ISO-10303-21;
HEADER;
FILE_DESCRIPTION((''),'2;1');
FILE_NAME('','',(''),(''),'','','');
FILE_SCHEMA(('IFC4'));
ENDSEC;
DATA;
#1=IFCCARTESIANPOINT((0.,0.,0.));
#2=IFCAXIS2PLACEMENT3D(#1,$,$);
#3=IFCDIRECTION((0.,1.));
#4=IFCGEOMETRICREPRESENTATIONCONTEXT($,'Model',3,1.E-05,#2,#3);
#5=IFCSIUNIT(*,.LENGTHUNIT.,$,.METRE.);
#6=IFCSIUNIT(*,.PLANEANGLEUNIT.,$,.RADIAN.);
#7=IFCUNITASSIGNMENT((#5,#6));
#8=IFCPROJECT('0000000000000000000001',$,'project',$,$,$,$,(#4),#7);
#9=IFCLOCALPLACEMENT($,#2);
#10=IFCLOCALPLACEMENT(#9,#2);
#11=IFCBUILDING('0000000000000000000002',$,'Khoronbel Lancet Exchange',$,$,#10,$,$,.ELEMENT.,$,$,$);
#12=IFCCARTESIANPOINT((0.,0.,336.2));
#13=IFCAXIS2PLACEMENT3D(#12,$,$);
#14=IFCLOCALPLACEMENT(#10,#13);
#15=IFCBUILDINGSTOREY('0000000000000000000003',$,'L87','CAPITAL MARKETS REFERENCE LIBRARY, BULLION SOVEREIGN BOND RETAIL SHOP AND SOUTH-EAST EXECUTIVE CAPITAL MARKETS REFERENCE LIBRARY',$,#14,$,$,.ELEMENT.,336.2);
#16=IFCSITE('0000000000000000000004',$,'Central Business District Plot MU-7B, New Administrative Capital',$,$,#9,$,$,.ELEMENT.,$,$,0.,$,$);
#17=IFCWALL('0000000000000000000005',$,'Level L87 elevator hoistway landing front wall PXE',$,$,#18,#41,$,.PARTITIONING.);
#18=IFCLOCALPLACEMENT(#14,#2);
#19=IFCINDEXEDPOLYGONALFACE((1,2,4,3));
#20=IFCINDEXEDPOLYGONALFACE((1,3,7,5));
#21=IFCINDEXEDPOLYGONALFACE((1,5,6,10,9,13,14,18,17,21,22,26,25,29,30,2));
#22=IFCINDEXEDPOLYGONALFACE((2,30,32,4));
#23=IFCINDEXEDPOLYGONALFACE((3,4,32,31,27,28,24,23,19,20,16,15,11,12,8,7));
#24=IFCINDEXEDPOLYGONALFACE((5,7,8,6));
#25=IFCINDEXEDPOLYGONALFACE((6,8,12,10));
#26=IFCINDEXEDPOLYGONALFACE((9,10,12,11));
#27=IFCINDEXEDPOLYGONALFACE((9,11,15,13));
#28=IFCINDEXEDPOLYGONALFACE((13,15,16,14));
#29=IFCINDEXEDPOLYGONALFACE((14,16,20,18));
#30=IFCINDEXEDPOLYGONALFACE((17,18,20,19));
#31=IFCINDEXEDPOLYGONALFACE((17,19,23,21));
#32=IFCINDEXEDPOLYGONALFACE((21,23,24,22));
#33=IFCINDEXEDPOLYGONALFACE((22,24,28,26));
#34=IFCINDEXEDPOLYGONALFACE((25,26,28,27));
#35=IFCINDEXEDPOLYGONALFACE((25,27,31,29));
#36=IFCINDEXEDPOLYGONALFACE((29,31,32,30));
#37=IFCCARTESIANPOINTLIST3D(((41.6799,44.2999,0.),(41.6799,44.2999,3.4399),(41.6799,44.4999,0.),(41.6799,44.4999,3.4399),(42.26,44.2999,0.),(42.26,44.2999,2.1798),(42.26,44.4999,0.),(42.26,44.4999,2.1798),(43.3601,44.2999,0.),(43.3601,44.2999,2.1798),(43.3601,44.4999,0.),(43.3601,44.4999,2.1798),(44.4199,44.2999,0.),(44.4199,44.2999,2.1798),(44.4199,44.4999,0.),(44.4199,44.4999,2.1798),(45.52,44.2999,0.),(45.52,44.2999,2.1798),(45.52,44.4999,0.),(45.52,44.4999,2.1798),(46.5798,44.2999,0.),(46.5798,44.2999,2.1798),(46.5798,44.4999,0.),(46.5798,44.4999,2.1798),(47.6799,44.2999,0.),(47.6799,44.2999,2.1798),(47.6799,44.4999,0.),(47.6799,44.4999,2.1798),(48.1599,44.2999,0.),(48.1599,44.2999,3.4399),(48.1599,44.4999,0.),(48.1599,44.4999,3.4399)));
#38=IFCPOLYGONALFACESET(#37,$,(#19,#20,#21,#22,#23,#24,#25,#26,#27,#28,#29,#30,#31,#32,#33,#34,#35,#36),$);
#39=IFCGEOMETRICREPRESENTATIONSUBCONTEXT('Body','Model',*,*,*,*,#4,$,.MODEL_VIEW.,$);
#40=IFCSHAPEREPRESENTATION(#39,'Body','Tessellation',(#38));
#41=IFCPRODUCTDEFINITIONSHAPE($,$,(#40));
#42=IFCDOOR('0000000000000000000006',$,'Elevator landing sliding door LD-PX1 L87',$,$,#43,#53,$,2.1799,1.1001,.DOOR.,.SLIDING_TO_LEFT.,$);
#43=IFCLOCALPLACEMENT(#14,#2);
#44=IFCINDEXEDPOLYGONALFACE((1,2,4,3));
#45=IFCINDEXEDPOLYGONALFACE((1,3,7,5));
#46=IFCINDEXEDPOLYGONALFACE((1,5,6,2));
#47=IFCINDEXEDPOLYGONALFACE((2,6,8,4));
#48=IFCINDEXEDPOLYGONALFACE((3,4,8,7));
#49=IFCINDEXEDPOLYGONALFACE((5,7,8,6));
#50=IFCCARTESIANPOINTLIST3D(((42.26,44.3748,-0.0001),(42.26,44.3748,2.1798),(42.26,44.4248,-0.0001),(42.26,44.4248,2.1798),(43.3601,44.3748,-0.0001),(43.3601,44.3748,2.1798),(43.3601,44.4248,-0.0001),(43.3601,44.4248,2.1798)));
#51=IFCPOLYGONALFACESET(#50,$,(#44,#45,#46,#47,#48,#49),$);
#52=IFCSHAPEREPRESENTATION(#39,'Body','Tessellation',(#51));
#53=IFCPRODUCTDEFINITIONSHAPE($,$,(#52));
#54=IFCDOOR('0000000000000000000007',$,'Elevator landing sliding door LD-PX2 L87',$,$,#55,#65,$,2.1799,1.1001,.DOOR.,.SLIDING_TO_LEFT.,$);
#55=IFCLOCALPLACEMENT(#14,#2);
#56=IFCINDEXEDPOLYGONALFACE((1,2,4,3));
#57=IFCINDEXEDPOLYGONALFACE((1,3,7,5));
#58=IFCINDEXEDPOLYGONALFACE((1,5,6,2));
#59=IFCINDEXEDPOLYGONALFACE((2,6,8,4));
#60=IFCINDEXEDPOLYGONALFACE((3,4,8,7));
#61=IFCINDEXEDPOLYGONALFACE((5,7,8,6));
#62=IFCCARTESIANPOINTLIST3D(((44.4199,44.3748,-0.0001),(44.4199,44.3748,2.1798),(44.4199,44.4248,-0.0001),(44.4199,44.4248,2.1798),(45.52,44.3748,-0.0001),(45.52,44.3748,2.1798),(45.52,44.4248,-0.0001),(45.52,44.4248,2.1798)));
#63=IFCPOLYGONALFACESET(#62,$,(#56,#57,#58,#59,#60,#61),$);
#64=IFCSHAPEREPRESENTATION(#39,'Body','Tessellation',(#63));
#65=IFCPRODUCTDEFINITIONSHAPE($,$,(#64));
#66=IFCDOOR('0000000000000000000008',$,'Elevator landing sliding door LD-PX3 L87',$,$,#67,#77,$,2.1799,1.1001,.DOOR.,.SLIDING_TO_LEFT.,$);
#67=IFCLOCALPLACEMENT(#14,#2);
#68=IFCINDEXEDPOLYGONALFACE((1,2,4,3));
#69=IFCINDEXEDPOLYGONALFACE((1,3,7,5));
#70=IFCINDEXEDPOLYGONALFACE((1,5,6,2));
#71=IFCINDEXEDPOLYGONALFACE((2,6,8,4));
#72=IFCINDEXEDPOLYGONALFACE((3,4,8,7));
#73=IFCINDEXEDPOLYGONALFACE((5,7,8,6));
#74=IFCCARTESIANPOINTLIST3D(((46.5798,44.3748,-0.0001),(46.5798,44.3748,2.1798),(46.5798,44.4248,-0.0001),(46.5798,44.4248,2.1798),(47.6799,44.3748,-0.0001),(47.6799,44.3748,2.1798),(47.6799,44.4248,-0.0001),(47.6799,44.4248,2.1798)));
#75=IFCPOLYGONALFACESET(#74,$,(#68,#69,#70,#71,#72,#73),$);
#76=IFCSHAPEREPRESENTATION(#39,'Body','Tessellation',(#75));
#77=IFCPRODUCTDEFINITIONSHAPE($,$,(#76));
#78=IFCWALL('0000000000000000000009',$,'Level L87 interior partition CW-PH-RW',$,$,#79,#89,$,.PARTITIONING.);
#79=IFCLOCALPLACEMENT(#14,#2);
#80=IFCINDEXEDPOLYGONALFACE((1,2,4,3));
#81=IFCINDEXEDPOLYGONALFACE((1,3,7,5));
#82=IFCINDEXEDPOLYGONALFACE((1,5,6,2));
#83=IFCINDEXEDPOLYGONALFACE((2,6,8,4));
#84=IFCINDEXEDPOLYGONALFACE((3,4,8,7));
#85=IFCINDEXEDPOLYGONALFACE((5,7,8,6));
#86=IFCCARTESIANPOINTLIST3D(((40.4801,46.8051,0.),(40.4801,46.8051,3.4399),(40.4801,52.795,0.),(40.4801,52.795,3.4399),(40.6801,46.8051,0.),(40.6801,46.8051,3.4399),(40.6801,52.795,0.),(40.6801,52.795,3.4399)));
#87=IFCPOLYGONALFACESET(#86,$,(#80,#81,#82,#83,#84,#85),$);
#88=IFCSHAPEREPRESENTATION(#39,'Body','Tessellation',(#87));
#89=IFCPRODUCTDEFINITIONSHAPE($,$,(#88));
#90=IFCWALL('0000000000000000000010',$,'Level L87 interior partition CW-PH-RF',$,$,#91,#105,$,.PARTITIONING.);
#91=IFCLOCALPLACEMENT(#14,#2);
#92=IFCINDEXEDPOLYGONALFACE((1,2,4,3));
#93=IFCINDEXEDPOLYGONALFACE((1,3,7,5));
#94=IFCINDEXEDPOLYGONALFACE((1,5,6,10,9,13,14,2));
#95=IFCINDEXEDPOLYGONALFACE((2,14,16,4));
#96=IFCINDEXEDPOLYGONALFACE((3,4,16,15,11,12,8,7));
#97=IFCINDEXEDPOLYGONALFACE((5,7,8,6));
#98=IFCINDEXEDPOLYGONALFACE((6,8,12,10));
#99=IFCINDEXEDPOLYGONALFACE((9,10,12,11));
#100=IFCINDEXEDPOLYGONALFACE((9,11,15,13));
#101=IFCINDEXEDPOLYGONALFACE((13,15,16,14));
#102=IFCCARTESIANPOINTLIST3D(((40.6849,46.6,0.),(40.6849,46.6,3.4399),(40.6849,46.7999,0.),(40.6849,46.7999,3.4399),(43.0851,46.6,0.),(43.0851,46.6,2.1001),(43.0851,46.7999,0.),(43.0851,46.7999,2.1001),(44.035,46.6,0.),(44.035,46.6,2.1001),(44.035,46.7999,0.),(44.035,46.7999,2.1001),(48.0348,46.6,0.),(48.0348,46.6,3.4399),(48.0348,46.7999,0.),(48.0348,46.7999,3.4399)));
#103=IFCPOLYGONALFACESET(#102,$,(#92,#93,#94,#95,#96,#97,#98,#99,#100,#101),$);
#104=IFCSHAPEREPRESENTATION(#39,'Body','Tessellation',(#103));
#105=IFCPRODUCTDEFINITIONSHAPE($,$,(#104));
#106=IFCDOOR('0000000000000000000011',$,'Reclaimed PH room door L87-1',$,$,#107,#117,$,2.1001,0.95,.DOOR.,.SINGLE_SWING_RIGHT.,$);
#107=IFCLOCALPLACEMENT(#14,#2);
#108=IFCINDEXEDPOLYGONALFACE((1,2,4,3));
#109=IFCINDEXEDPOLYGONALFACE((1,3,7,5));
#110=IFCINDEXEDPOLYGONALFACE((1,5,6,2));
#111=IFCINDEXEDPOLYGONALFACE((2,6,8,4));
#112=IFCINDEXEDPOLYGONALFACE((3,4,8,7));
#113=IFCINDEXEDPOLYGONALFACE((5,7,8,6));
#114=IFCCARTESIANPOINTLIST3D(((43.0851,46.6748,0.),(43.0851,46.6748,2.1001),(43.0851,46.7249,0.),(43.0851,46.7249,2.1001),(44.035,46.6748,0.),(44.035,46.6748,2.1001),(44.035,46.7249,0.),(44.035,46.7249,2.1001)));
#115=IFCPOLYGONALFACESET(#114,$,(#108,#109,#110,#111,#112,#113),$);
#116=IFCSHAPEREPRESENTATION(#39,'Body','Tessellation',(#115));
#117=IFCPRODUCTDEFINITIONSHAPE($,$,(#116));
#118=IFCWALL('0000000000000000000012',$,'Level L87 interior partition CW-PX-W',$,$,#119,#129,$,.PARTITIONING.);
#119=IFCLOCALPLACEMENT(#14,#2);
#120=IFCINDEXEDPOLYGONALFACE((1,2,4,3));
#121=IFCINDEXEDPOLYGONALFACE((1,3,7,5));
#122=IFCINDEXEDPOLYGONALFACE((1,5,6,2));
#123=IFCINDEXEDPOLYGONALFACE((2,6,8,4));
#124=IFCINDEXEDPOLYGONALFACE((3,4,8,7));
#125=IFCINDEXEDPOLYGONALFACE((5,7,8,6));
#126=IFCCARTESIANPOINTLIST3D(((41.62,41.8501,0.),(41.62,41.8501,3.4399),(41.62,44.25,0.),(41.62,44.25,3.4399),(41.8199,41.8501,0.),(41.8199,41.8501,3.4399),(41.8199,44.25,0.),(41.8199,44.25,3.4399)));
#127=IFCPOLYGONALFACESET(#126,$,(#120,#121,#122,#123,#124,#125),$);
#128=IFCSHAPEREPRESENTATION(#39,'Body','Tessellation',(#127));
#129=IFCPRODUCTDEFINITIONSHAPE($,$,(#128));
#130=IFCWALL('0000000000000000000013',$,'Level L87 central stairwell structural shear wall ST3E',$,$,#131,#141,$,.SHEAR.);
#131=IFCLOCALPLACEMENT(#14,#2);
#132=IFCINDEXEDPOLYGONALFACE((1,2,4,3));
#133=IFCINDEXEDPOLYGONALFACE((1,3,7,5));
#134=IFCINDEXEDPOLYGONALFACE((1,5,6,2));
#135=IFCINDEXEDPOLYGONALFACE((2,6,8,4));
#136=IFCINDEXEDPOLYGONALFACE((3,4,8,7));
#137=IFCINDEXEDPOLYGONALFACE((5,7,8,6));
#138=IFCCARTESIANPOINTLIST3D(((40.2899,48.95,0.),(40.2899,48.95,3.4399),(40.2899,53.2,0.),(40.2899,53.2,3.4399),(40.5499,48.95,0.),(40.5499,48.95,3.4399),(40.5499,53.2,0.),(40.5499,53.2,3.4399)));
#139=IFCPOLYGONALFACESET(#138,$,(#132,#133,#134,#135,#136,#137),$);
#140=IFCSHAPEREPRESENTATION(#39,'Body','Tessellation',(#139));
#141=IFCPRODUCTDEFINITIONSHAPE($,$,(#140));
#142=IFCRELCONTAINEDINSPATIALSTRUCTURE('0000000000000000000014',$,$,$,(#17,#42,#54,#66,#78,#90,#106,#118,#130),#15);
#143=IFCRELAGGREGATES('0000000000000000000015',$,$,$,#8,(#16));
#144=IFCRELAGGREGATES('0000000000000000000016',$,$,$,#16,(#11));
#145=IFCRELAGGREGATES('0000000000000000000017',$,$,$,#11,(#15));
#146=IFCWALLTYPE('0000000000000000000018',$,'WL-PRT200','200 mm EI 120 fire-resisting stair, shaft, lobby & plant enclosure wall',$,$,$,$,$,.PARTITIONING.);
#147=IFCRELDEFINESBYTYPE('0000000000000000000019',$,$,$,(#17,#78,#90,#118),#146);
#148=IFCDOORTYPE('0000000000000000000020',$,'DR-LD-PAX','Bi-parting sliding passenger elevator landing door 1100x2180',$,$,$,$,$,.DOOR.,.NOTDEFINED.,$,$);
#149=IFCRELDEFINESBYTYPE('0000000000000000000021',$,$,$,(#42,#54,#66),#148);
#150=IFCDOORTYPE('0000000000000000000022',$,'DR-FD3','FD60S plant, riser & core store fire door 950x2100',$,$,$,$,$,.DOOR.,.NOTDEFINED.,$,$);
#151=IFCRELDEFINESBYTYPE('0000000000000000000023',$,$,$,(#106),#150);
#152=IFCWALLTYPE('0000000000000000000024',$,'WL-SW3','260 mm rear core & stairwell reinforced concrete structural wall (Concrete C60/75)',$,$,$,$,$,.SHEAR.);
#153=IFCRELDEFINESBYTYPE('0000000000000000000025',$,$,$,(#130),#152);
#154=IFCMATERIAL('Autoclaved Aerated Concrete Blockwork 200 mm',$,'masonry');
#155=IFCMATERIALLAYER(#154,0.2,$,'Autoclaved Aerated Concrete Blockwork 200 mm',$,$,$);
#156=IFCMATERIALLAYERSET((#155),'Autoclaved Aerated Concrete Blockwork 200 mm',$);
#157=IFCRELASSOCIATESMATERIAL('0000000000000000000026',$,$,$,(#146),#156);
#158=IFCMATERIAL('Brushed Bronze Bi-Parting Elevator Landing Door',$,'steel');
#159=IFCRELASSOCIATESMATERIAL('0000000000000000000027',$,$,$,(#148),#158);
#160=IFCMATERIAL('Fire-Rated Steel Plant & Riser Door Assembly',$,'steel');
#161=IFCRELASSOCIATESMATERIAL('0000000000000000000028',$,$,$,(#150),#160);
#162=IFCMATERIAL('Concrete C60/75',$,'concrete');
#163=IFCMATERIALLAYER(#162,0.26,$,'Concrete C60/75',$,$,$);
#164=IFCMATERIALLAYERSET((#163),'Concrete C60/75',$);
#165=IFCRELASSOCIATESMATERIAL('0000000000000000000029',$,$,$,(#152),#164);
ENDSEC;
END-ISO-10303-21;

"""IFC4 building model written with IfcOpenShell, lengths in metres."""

from ifc_helpers import new_model, si_unit, direction, frame, frame_2d, origin, place, context, subcontext, project, spatial, rectangle, extrude, material, layer, layer_set, type_object, element, fill, save


model = new_model("IFC4")

# Units and contexts
model_context = context("Model", 3, precision=1e-05, world=origin(), true_north=direction((0.0, 1.0)))
body_context = subcontext(model_context, "Body", "Model", "MODEL_VIEW")
ifc_project = project(units=[si_unit("LENGTHUNIT", "METRE"), si_unit("PLANEANGLEUNIT", "RADIAN")], contexts=[model_context])

# Site, building, storey
site_placement = place(None, origin())
site = spatial("IfcSite", under=ifc_project, at=site_placement, Name="Central Business District Plot MU-7B, New Administrative Capital", CompositionType="ELEMENT", RefElevation=0.0)
building_placement = place(site_placement, origin())
building = spatial("IfcBuilding", under=site, at=building_placement, Name="Khoronbel Lancet Exchange", CompositionType="ELEMENT")
storey_placement = place(building_placement, frame((0.0, 0.0, 336.2)))
storey = spatial("IfcBuildingStorey", under=building, at=storey_placement, Name="L87", Description="CAPITAL MARKETS REFERENCE LIBRARY, BULLION SOVEREIGN BOND RETAIL SHOP AND SOUTH-EAST EXECUTIVE CAPITAL MARKETS REFERENCE LIBRARY", CompositionType="ELEMENT", Elevation=336.2)

# Shared definitions
ifc_material_1 = material(Name="Concrete C60/75", Category="concrete")

# Wall, openings, doors
ifc_material_2 = material(Name="Autoclaved Aerated Concrete Blockwork 200 mm", Category="masonry")
ifc_layer_1 = layer(ifc_material_2, 0.2, Name="Autoclaved Aerated Concrete Blockwork 200 mm")
ifc_layer_set_1 = layer_set([ifc_layer_1], Name="Autoclaved Aerated Concrete Blockwork 200 mm")
wall_type_1 = type_object("IfcWallType", Name="WL-PRT200", Description="200 mm EI 120 fire-resisting stair, shaft, lobby & plant enclosure wall", PredefinedType="PARTITIONING", material=ifc_layer_set_1)
wall_1_placement = place(storey_placement, frame((41.6799, 44.3999, 0.0), z_axis=(0.0, 0.0, 1.0), x_axis=(1.0, 0.0, 0.0)))
wall_1 = element("IfcWall", 1, at=wall_1_placement, inside=storey, type_object=wall_type_1, Name="Level L87 elevator hoistway landing front wall PXE", PredefinedType="PARTITIONING", context=body_context, shape_type="SweptSolid", body=[
    extrude(rectangle(XDim=6.48, YDim=0.2, at=frame_2d((3.24, 0.0))), origin(), (0.0, 0.0, 1.0), 3.4399),
])
opening_1_placement = place(wall_1_placement, frame((0.5801, 0.0, 0.0)))
opening_1 = element("IfcOpeningElement", 2, at=opening_1_placement, cuts=wall_1, PredefinedType="OPENING", context=body_context, shape_type="SweptSolid", body=[
    extrude(rectangle(XDim=1.1001, YDim=2.1799, at=frame_2d((0.55, 1.0898))), frame((0.0, 0.1099, 0.0), z_axis=(0.0, -1.0, 0.0), x_axis=(1.0, 0.0, 0.0)), (0.0, 0.0, 1.0), 0.22),
])
opening_2_placement = place(wall_1_placement, frame((2.74, 0.0, 0.0)))
opening_2 = element("IfcOpeningElement", 3, at=opening_2_placement, cuts=wall_1, PredefinedType="OPENING", context=body_context, shape_type="SweptSolid", body=[
    extrude(rectangle(XDim=1.1001, YDim=2.1799, at=frame_2d((0.55, 1.0898))), frame((0.0, 0.1099, 0.0), z_axis=(0.0, -1.0, 0.0), x_axis=(1.0, 0.0, 0.0)), (0.0, 0.0, 1.0), 0.22),
])
opening_3_placement = place(wall_1_placement, frame((4.8999, 0.0, 0.0)))
opening_3 = element("IfcOpeningElement", 4, at=opening_3_placement, cuts=wall_1, PredefinedType="OPENING", context=body_context, shape_type="SweptSolid", body=[
    extrude(rectangle(XDim=1.1001, YDim=2.1799, at=frame_2d((0.55, 1.0898))), frame((0.0, 0.1099, 0.0), z_axis=(0.0, -1.0, 0.0), x_axis=(1.0, 0.0, 0.0)), (0.0, 0.0, 1.0), 0.22),
])
ifc_material_3 = material(Name="Brushed Bronze Bi-Parting Elevator Landing Door", Category="steel")
door_type_1 = type_object("IfcDoorType", Name="DR-LD-PAX", Description="Bi-parting sliding passenger elevator landing door 1100x2180", OperationType="NOTDEFINED", PredefinedType="DOOR", material=ifc_material_3)
door_1_placement = place(opening_1_placement, origin())
door_1 = element("IfcDoor", 5, at=door_1_placement, inside=storey, type_object=door_type_1, Name="Elevator landing sliding door LD-PX1 L87", OperationType="SLIDING_TO_LEFT", OverallHeight=2.1799, OverallWidth=1.1001, PredefinedType="DOOR", context=body_context, shape_type="SweptSolid", body=[
    extrude(rectangle(XDim=1.1001, YDim=2.1799, at=frame_2d((0.55, 1.0898))), frame((0.0, 0.0249, 0.0), z_axis=(0.0, -1.0, 0.0), x_axis=(1.0, 0.0, 0.0)), (0.0, 0.0, 1.0), 0.05),
])
fill(opening_1, door_1)
door_2_placement = place(opening_2_placement, origin())
door_2 = element("IfcDoor", 6, at=door_2_placement, inside=storey, type_object=door_type_1, Name="Elevator landing sliding door LD-PX2 L87", OperationType="SLIDING_TO_LEFT", OverallHeight=2.1799, OverallWidth=1.1001, PredefinedType="DOOR", context=body_context, shape_type="SweptSolid", body=[
    extrude(rectangle(XDim=1.1001, YDim=2.1799, at=frame_2d((0.55, 1.0898))), frame((0.0, 0.0249, 0.0), z_axis=(0.0, -1.0, 0.0), x_axis=(1.0, 0.0, 0.0)), (0.0, 0.0, 1.0), 0.05),
])
fill(opening_2, door_2)
door_3_placement = place(opening_3_placement, origin())
door_3 = element("IfcDoor", 7, at=door_3_placement, inside=storey, type_object=door_type_1, Name="Elevator landing sliding door LD-PX3 L87", OperationType="SLIDING_TO_LEFT", OverallHeight=2.1799, OverallWidth=1.1001, PredefinedType="DOOR", context=body_context, shape_type="SweptSolid", body=[
    extrude(rectangle(XDim=1.1001, YDim=2.1799, at=frame_2d((0.55, 1.0898))), frame((0.0, 0.0249, 0.0), z_axis=(0.0, -1.0, 0.0), x_axis=(1.0, 0.0, 0.0)), (0.0, 0.0, 1.0), 0.05),
])
fill(opening_3, door_3)

# Wall
wall_2_placement = place(storey_placement, frame((40.5801, 46.8049, 0.0), z_axis=(0.0, 0.0, 1.0), x_axis=(0.0, 1.0, 0.0)))
element("IfcWall", 8, at=wall_2_placement, inside=storey, type_object=wall_type_1, Name="Level L87 interior partition CW-PH-RW", PredefinedType="PARTITIONING", context=body_context, shape_type="SweptSolid", body=[
    extrude(rectangle(XDim=5.99, YDim=0.2, at=frame_2d((2.9951, 0.0))), origin(), (0.0, 0.0, 1.0), 3.4399),
])

# Wall, opening, door
wall_3_placement = place(storey_placement, frame((40.6851, 46.7, 0.0), z_axis=(0.0, 0.0, 1.0), x_axis=(1.0, 0.0, 0.0)))
wall_3 = element("IfcWall", 9, at=wall_3_placement, inside=storey, type_object=wall_type_1, Name="Level L87 interior partition CW-PH-RF", PredefinedType="PARTITIONING", context=body_context, shape_type="SweptSolid", body=[
    extrude(rectangle(XDim=7.3499, YDim=0.2, at=frame_2d((3.6748, 0.0))), origin(), (0.0, 0.0, 1.0), 3.4399),
])
opening_4_placement = place(wall_3_placement, frame((2.3999, 0.0, 0.0)))
opening_4 = element("IfcOpeningElement", 10, at=opening_4_placement, cuts=wall_3, PredefinedType="OPENING", context=body_context, shape_type="SweptSolid", body=[
    extrude(rectangle(XDim=0.95, YDim=2.1001, at=frame_2d((0.4751, 1.05))), frame((0.0, 0.1099, 0.0), z_axis=(0.0, -1.0, 0.0), x_axis=(1.0, 0.0, 0.0)), (0.0, 0.0, 1.0), 0.22),
])
ifc_material_4 = material(Name="Fire-Rated Steel Plant & Riser Door Assembly", Category="steel")
door_type_2 = type_object("IfcDoorType", Name="DR-FD3", Description="FD60S plant, riser & core store fire door 950x2100", OperationType="NOTDEFINED", PredefinedType="DOOR", material=ifc_material_4)
door_4_placement = place(opening_4_placement, origin())
door_4 = element("IfcDoor", 11, at=door_4_placement, inside=storey, type_object=door_type_2, Name="Reclaimed PH room door L87-1", OperationType="SINGLE_SWING_RIGHT", OverallHeight=2.1001, OverallWidth=0.95, PredefinedType="DOOR", context=body_context, shape_type="SweptSolid", body=[
    extrude(rectangle(XDim=0.95, YDim=2.1001, at=frame_2d((0.4751, 1.05))), frame((0.0, 0.0249, 0.0), z_axis=(0.0, -1.0, 0.0), x_axis=(1.0, 0.0, 0.0)), (0.0, 0.0, 1.0), 0.05),
])
fill(opening_4, door_4)

# Walls
wall_4_placement = place(storey_placement, frame((41.72, 41.8501, 0.0), z_axis=(0.0, 0.0, 1.0), x_axis=(0.0, 1.0, 0.0)))
element("IfcWall", 12, at=wall_4_placement, inside=storey, type_object=wall_type_1, Name="Level L87 interior partition CW-PX-W", PredefinedType="PARTITIONING", context=body_context, shape_type="SweptSolid", body=[
    extrude(rectangle(XDim=2.3999, YDim=0.2, at=frame_2d((1.2, 0.0))), origin(), (0.0, 0.0, 1.0), 3.4399),
])
ifc_layer_2 = layer(ifc_material_1, 0.26, Name="Concrete C60/75")
ifc_layer_set_2 = layer_set([ifc_layer_2], Name="Concrete C60/75")
wall_type_2 = type_object("IfcWallType", Name="WL-SW3", Description="260 mm rear core & stairwell reinforced concrete structural wall (Concrete C60/75)", PredefinedType="SHEAR", material=ifc_layer_set_2)
wall_5_placement = place(storey_placement, frame((40.4199, 48.95, 0.0), z_axis=(0.0, 0.0, 1.0), x_axis=(0.0, 1.0, 0.0)))
element("IfcWall", 13, at=wall_5_placement, inside=storey, type_object=wall_type_2, Name="Level L87 central stairwell structural shear wall ST3E", PredefinedType="SHEAR", context=body_context, shape_type="SweptSolid", body=[
    extrude(rectangle(XDim=4.25, YDim=0.26, at=frame_2d((2.125, 0.0))), origin(), (0.0, 0.0, 1.0), 3.4399),
])

save(model, "model.ifc")
